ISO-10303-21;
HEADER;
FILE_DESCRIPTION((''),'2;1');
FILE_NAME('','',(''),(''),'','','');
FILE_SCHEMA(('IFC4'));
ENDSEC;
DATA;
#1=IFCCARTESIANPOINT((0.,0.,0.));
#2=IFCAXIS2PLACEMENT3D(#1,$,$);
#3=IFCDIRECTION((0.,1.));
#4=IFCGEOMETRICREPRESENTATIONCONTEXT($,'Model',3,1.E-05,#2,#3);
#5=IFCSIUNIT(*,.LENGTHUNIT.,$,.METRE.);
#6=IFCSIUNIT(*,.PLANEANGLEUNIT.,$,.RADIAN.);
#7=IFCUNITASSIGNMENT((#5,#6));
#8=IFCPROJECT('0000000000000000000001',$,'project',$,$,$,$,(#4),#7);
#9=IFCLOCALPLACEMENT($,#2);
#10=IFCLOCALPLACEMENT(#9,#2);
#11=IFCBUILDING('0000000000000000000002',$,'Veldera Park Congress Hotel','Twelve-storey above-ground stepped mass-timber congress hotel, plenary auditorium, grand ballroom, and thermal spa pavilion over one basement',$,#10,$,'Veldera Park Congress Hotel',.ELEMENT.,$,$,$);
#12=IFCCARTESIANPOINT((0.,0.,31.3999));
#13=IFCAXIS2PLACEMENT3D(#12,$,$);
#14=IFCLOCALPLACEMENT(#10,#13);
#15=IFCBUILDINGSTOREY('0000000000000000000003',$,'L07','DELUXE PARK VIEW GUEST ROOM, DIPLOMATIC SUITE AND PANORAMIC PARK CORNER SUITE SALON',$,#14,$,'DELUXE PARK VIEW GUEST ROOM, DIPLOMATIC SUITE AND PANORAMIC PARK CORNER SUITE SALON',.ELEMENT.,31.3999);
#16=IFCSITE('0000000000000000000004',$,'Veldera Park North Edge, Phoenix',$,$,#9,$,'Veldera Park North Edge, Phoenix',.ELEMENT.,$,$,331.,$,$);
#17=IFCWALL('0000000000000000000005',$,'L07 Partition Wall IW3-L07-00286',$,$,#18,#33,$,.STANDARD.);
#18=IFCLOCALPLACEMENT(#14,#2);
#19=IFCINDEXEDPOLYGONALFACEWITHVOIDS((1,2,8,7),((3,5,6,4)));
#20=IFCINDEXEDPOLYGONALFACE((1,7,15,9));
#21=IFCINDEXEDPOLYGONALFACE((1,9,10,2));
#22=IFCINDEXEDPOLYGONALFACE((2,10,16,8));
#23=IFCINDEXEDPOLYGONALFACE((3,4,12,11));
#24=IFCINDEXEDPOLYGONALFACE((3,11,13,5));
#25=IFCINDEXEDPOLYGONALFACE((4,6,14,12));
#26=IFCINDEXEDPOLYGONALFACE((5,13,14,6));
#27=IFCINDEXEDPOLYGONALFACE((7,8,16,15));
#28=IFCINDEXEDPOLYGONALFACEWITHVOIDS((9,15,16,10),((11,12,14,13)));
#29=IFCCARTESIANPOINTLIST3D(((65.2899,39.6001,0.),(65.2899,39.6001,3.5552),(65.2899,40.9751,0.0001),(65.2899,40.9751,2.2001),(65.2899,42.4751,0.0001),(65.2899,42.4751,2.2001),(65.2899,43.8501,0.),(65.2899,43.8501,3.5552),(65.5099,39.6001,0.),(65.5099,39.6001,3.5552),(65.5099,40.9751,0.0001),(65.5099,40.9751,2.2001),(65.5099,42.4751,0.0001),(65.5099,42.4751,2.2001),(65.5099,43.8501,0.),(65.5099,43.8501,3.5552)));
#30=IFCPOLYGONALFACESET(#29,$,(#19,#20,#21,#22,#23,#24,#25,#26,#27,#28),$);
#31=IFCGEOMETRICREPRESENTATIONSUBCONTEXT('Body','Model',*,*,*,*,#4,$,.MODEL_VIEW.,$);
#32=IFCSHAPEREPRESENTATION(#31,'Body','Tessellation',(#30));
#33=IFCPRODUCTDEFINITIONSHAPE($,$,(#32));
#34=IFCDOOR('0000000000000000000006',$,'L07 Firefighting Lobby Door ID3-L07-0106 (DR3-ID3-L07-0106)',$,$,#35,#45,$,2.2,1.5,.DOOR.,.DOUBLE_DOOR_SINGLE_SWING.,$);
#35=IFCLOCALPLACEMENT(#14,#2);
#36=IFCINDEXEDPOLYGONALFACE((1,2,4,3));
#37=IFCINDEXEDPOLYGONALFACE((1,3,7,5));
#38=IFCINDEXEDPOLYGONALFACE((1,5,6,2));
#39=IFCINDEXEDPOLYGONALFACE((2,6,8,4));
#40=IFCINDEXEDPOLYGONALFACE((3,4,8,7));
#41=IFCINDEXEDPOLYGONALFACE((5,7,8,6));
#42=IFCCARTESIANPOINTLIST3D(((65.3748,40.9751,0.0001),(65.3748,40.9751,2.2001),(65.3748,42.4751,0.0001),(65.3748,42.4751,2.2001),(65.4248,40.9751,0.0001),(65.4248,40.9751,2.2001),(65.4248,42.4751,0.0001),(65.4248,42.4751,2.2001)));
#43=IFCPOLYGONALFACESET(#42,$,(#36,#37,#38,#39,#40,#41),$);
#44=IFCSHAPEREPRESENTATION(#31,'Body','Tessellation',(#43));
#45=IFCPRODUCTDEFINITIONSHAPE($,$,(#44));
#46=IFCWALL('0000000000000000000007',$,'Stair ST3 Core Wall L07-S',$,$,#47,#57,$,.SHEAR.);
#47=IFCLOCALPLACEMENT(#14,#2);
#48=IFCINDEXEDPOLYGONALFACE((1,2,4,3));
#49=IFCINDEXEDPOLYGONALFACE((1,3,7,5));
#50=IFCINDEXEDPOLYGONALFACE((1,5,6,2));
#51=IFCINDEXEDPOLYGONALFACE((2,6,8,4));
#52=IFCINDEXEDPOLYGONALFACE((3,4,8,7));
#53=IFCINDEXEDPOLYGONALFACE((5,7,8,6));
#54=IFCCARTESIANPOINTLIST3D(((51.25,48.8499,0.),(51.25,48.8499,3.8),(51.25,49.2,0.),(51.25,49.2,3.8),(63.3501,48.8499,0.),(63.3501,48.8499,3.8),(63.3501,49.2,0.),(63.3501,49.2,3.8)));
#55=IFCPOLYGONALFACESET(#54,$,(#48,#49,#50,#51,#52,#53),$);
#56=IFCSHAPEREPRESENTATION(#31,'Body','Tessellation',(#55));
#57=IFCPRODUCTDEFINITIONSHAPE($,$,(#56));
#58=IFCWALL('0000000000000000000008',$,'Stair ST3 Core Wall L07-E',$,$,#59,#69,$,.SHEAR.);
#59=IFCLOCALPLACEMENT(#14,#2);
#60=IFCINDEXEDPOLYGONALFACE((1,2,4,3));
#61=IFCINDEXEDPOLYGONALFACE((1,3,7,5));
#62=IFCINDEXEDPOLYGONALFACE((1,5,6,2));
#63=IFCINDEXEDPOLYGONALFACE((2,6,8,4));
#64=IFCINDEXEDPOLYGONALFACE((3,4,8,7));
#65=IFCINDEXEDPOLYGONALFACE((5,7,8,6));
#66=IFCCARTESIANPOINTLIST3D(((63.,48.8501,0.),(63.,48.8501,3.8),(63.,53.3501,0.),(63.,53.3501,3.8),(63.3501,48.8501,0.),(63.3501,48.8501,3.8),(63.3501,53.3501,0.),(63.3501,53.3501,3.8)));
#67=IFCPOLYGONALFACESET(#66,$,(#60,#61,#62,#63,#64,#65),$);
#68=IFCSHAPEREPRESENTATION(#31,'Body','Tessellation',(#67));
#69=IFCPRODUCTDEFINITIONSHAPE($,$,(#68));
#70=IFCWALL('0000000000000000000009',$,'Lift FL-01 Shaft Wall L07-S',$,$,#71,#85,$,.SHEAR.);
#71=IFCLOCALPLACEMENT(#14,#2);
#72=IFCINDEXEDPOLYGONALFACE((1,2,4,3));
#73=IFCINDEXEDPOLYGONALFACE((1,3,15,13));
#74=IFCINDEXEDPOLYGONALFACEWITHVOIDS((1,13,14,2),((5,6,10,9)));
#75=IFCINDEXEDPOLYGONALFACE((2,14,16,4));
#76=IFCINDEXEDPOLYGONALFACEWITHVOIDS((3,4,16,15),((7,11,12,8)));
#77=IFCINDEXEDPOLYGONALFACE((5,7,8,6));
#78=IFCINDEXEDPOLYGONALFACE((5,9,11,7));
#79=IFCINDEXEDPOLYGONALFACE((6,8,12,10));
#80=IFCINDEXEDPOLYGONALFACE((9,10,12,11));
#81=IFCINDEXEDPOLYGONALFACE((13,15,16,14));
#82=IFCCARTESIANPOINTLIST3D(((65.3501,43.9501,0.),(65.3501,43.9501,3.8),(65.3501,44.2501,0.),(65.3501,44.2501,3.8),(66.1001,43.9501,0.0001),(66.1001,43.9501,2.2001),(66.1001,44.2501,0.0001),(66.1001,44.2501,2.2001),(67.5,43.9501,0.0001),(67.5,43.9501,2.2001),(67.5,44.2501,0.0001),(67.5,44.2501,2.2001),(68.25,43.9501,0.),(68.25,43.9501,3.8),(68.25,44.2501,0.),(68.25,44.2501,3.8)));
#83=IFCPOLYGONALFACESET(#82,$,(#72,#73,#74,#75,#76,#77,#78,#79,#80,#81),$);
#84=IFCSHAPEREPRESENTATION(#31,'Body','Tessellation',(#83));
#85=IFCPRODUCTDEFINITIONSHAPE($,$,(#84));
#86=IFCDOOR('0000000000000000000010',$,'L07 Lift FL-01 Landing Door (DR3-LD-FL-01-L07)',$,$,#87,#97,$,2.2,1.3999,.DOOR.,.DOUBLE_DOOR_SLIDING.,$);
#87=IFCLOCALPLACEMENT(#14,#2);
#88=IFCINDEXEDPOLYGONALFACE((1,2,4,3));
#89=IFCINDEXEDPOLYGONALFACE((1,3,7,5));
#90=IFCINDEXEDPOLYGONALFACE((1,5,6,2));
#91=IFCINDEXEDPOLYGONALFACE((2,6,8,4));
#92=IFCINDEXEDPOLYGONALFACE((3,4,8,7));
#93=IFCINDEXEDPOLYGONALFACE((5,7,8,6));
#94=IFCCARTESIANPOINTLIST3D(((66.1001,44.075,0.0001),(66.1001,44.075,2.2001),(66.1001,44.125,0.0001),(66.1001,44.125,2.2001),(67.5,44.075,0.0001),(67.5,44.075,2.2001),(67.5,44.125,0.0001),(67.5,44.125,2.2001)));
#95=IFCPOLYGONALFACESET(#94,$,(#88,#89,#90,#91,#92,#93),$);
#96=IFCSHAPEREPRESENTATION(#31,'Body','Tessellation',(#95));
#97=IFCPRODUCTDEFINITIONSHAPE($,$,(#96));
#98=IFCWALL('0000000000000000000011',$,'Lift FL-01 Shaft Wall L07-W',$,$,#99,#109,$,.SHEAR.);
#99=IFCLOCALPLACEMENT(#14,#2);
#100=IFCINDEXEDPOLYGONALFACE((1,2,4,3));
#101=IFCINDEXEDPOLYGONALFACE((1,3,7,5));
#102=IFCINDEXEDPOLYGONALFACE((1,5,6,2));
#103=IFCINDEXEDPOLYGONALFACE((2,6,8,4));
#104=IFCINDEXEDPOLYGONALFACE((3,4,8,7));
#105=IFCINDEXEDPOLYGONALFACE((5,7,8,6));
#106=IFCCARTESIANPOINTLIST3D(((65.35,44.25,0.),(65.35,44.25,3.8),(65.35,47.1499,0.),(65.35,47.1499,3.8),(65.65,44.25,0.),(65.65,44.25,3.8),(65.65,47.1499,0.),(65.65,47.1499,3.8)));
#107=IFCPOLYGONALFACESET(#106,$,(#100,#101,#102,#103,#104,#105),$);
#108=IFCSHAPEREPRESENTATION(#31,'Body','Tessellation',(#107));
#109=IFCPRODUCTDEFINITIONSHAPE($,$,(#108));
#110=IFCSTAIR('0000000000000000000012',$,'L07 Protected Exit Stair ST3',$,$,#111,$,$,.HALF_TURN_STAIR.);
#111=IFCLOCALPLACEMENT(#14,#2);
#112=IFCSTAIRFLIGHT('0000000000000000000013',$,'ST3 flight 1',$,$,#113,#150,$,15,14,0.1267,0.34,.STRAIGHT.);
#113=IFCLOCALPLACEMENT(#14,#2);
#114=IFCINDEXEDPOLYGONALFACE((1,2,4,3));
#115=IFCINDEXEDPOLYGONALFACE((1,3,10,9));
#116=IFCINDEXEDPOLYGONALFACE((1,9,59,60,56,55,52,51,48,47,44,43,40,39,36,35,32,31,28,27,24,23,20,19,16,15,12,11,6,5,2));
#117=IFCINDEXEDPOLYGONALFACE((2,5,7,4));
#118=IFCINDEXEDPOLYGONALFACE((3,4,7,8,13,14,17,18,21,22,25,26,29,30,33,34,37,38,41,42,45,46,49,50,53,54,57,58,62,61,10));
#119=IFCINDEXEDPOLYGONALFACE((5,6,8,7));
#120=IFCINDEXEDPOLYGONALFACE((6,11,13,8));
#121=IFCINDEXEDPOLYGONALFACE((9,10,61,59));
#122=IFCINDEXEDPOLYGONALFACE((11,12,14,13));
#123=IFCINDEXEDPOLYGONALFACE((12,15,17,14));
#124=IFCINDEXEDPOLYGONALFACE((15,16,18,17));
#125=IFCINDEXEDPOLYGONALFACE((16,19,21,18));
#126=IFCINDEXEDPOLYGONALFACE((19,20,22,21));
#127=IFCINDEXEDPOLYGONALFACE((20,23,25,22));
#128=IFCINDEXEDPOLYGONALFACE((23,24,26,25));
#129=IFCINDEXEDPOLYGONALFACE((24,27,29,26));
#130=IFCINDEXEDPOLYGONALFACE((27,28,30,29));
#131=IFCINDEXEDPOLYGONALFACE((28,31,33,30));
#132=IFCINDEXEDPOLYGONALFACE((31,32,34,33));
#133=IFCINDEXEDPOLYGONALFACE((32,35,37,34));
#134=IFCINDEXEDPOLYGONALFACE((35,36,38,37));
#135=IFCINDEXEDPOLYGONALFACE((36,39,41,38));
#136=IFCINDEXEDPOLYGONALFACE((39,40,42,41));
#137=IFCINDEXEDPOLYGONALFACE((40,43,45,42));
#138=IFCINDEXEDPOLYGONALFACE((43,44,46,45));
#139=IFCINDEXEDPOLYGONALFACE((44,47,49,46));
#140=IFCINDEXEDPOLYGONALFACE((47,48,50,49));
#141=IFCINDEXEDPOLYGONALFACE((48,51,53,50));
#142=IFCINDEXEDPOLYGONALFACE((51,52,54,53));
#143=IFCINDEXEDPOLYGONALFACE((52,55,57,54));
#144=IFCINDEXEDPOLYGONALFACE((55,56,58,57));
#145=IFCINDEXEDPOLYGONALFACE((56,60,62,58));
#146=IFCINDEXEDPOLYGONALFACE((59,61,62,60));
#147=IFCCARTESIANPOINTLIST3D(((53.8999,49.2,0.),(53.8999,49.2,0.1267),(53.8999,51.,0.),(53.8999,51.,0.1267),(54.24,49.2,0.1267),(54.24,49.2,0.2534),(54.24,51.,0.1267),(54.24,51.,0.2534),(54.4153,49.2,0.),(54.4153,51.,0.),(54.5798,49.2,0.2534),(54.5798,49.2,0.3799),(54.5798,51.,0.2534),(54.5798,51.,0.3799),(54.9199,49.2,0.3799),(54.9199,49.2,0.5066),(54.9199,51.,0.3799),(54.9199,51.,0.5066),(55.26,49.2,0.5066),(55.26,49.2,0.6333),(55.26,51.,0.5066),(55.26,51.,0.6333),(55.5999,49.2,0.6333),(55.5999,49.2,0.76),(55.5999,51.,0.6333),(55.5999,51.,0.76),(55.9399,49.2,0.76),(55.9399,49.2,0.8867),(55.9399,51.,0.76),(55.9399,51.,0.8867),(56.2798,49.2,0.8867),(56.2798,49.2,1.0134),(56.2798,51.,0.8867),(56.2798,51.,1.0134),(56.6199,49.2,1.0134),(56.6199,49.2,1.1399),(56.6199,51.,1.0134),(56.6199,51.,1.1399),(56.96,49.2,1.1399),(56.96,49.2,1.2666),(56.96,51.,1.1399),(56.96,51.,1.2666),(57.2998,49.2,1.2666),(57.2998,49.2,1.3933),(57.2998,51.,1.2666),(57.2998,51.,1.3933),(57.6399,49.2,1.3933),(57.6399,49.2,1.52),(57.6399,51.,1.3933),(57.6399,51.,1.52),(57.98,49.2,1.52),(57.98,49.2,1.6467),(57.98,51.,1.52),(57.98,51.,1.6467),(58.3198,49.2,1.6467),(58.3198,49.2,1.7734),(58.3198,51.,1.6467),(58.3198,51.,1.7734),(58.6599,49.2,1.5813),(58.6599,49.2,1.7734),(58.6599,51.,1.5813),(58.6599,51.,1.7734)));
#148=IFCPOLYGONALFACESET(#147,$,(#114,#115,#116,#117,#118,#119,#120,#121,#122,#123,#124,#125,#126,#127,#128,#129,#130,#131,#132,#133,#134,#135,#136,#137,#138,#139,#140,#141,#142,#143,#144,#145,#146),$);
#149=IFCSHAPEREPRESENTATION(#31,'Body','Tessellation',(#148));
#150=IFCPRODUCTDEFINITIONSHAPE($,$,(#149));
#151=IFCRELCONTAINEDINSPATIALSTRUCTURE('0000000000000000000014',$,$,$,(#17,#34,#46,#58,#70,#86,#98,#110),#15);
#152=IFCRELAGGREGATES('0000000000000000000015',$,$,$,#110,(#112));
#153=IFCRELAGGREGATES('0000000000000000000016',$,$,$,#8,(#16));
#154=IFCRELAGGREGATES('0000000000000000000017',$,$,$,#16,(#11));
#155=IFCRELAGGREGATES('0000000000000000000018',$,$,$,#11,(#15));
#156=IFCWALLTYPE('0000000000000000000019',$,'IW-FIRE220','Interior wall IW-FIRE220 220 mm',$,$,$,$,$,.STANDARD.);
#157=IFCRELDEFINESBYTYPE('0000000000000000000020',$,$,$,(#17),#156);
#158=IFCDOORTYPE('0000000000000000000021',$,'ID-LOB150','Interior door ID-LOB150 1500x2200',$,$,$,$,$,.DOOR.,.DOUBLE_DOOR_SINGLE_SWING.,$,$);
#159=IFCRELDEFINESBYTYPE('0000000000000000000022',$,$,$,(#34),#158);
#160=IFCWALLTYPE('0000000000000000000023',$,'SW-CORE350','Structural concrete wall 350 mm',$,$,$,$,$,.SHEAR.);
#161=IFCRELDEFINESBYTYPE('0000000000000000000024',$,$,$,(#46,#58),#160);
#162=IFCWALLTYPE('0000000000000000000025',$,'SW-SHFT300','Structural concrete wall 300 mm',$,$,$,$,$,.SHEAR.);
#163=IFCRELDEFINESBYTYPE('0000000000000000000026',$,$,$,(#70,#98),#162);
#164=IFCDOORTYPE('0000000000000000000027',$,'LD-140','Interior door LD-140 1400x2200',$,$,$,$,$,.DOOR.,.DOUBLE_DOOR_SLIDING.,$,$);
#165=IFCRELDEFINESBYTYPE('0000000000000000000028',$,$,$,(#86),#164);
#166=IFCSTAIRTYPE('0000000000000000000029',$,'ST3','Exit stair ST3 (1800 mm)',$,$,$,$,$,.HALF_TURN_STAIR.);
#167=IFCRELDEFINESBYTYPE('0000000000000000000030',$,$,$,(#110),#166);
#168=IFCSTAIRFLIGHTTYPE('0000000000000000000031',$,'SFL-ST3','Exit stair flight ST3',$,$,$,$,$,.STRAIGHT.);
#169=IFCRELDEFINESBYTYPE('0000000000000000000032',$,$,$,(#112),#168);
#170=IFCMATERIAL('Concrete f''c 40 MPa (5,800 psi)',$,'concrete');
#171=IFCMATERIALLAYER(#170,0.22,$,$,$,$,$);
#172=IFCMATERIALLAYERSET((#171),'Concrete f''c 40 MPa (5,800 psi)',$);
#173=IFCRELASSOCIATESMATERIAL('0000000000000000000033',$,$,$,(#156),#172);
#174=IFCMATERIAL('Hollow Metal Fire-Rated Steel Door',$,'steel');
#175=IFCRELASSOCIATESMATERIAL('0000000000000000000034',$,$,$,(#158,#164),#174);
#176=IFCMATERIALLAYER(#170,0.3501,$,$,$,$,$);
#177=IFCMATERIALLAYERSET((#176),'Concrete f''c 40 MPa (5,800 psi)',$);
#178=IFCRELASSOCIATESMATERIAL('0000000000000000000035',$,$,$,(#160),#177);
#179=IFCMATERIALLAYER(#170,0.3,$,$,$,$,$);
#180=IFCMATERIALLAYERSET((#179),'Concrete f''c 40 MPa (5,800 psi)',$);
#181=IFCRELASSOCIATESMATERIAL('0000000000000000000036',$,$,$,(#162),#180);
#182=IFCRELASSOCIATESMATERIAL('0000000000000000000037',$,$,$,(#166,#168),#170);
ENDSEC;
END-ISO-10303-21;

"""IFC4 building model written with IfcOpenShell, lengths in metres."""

from ifc_helpers import new_model, si_unit, direction, frame, frame_2d, origin, place, context, subcontext, project, spatial, polyline, rectangle, outline, extrude, material, layer, layer_set, type_object, element, fill, aggregate, save


model = new_model("IFC4")

# Units and contexts
model_context = context("Model", 3, precision=1e-05, world=origin(), true_north=direction((0.0, 1.0)))
body_context = subcontext(model_context, "Body", "Model", "MODEL_VIEW")
ifc_project = project(units=[si_unit("LENGTHUNIT", "METRE"), si_unit("PLANEANGLEUNIT", "RADIAN")], contexts=[model_context])

# Site, building, storey
site_placement = place(None, origin())
site = spatial("IfcSite", under=ifc_project, at=site_placement, Name="Veldera Park North Edge, Phoenix", LongName="Veldera Park North Edge, Phoenix", CompositionType="ELEMENT", RefElevation=331.0)
building_placement = place(site_placement, origin())
building = spatial("IfcBuilding", under=site, at=building_placement, Name="Veldera Park Congress Hotel", Description="Twelve-storey above-ground stepped mass-timber congress hotel, plenary auditorium, grand ballroom, and thermal spa pavilion over one basement", LongName="Veldera Park Congress Hotel", CompositionType="ELEMENT")
storey_placement = place(building_placement, frame((0.0, 0.0, 31.3999)))
storey = spatial("IfcBuildingStorey", under=building, at=storey_placement, Name="L07", Description="DELUXE PARK VIEW GUEST ROOM, DIPLOMATIC SUITE AND PANORAMIC PARK CORNER SUITE SALON", LongName="DELUXE PARK VIEW GUEST ROOM, DIPLOMATIC SUITE AND PANORAMIC PARK CORNER SUITE SALON", CompositionType="ELEMENT", Elevation=31.3999)

# Wall, opening, door
ifc_material_1 = material(Name="Concrete f'c 40 MPa (5,800 psi)", Category="concrete")
ifc_layer_1 = layer(ifc_material_1, 0.22)
ifc_layer_set_1 = layer_set([ifc_layer_1], Name="Concrete f'c 40 MPa (5,800 psi)")
wall_type_1 = type_object("IfcWallType", Name="IW-FIRE220", Description="Interior wall IW-FIRE220 220 mm", PredefinedType="STANDARD", material=ifc_layer_set_1)
ifc_material_2 = material(Name="Hollow Metal Fire-Rated Steel Door", Category="steel")
door_type_1 = type_object("IfcDoorType", Name="ID-LOB150", Description="Interior door ID-LOB150 1500x2200", OperationType="DOUBLE_DOOR_SINGLE_SWING", PredefinedType="DOOR", material=ifc_material_2)
wall_1_placement = place(storey_placement, frame((65.3999, 43.8501, 0.0), z_axis=(0.0, 0.0, 1.0), x_axis=(0.0, -1.0, 0.0)))
wall_1 = element("IfcWall", 1, at=wall_1_placement, inside=storey, type_object=wall_type_1, Name="L07 Partition Wall IW3-L07-00286", PredefinedType="STANDARD", context=body_context, shape_type="SweptSolid", body=[
    extrude(rectangle(XDim=4.25, YDim=0.22, at=frame_2d((2.125, 0.0))), origin(), (0.0, 0.0, 1.0), 3.5552),
])
opening_1_placement = place(wall_1_placement, frame((1.375, 0.0, 0.0)))
opening_1 = element("IfcOpeningElement", 2, at=opening_1_placement, cuts=wall_1, PredefinedType="OPENING", context=body_context, shape_type="SweptSolid", body=[
    extrude(rectangle(XDim=1.5, YDim=2.2, at=frame_2d((0.75, 1.1001))), frame((0.0, 0.1221, 0.0), z_axis=(0.0, -1.0, 0.0), x_axis=(1.0, 0.0, 0.0)), (0.0, 0.0, 1.0), 0.2439),
])
door_1_placement = place(opening_1_placement, origin())
door_1 = element("IfcDoor", 3, at=door_1_placement, inside=storey, type_object=door_type_1, Name="L07 Firefighting Lobby Door ID3-L07-0106 (DR3-ID3-L07-0106)", OperationType="DOUBLE_DOOR_SINGLE_SWING", OverallHeight=2.2, OverallWidth=1.5, PredefinedType="DOOR", context=body_context, shape_type="SweptSolid", body=[
    extrude(rectangle(XDim=1.5, YDim=2.2, at=frame_2d((0.75, 1.1001))), frame((0.0, 0.0249, 0.0), z_axis=(0.0, -1.0, 0.0), x_axis=(1.0, 0.0, 0.0)), (0.0, 0.0, 1.0), 0.05),
])
fill(opening_1, door_1)

# Walls
ifc_layer_2 = layer(ifc_material_1, 0.3501)
ifc_layer_set_2 = layer_set([ifc_layer_2], Name="Concrete f'c 40 MPa (5,800 psi)")
wall_type_2 = type_object("IfcWallType", Name="SW-CORE350", Description="Structural concrete wall 350 mm", PredefinedType="SHEAR", material=ifc_layer_set_2)
wall_2_placement = place(storey_placement, frame((51.25, 49.0249, 0.0), z_axis=(0.0, 0.0, 1.0), x_axis=(1.0, 0.0, 0.0)))
element("IfcWall", 4, at=wall_2_placement, inside=storey, type_object=wall_type_2, Name="Stair ST3 Core Wall L07-S", PredefinedType="SHEAR", context=body_context, shape_type="SweptSolid", body=[
    extrude(rectangle(XDim=12.1001, YDim=0.3501, at=frame_2d((6.05, 0.0))), origin(), (0.0, 0.0, 1.0), 3.8),
])
wall_3_placement = place(storey_placement, frame((63.175, 48.8501, 0.0), z_axis=(0.0, 0.0, 1.0), x_axis=(0.0, 1.0, 0.0)))
element("IfcWall", 5, at=wall_3_placement, inside=storey, type_object=wall_type_2, Name="Stair ST3 Core Wall L07-E", PredefinedType="SHEAR", context=body_context, shape_type="SweptSolid", body=[
    extrude(rectangle(XDim=4.5, YDim=0.3501, at=frame_2d((2.25, 0.0))), origin(), (0.0, 0.0, 1.0), 3.8),
])

# Wall, opening, door
ifc_layer_3 = layer(ifc_material_1, 0.3)
ifc_layer_set_3 = layer_set([ifc_layer_3], Name="Concrete f'c 40 MPa (5,800 psi)")
wall_type_3 = type_object("IfcWallType", Name="SW-SHFT300", Description="Structural concrete wall 300 mm", PredefinedType="SHEAR", material=ifc_layer_set_3)
wall_4_placement = place(storey_placement, frame((65.3501, 44.1001, 0.0), z_axis=(0.0, 0.0, 1.0), x_axis=(1.0, 0.0, 0.0)))
wall_4 = element("IfcWall", 6, at=wall_4_placement, inside=storey, type_object=wall_type_3, Name="Lift FL-01 Shaft Wall L07-S", PredefinedType="SHEAR", context=body_context, shape_type="SweptSolid", body=[
    extrude(rectangle(XDim=2.8999, YDim=0.3, at=frame_2d((1.45, 0.0))), origin(), (0.0, 0.0, 1.0), 3.8),
])
opening_2_placement = place(wall_4_placement, frame((0.75, 0.0, 0.0)))
opening_2 = element("IfcOpeningElement", 7, at=opening_2_placement, cuts=wall_4, PredefinedType="OPENING", context=body_context, shape_type="SweptSolid", body=[
    extrude(rectangle(XDim=1.3999, YDim=2.2, at=frame_2d((0.7, 1.1001))), frame((0.0, 0.1621, 0.0), z_axis=(0.0, -1.0, 0.0), x_axis=(1.0, 0.0, 0.0)), (0.0, 0.0, 1.0), 0.324),
])
door_type_2 = type_object("IfcDoorType", Name="LD-140", Description="Interior door LD-140 1400x2200", OperationType="DOUBLE_DOOR_SLIDING", PredefinedType="DOOR", material=ifc_material_2)
door_2_placement = place(opening_2_placement, origin())
door_2 = element("IfcDoor", 8, at=door_2_placement, inside=storey, type_object=door_type_2, Name="L07 Lift FL-01 Landing Door (DR3-LD-FL-01-L07)", OperationType="DOUBLE_DOOR_SLIDING", OverallHeight=2.2, OverallWidth=1.3999, PredefinedType="DOOR", context=body_context, shape_type="SweptSolid", body=[
    extrude(rectangle(XDim=1.3999, YDim=2.2, at=frame_2d((0.7, 1.1001))), frame((0.0, 0.0249, 0.0), z_axis=(0.0, -1.0, 0.0), x_axis=(1.0, 0.0, 0.0)), (0.0, 0.0, 1.0), 0.05),
])
fill(opening_2, door_2)

# Wall
wall_5_placement = place(storey_placement, frame((65.5, 47.1499, 0.0), z_axis=(0.0, 0.0, 1.0), x_axis=(0.0, -1.0, 0.0)))
element("IfcWall", 9, at=wall_5_placement, inside=storey, type_object=wall_type_3, Name="Lift FL-01 Shaft Wall L07-W", PredefinedType="SHEAR", context=body_context, shape_type="SweptSolid", body=[
    extrude(rectangle(XDim=2.8999, YDim=0.3, at=frame_2d((1.45, 0.0))), origin(), (0.0, 0.0, 1.0), 3.8),
])

# Stair, stair flight
stair_type = type_object("IfcStairType", Name="ST3", Description="Exit stair ST3 (1800 mm)", PredefinedType="HALF_TURN_STAIR", material=ifc_material_1)
stair_placement = place(storey_placement, origin())
stair = element("IfcStair", 10, at=stair_placement, inside=storey, type_object=stair_type, Name="L07 Protected Exit Stair ST3", PredefinedType="HALF_TURN_STAIR")
stair_flight_type = type_object("IfcStairFlightType", Name="SFL-ST3", Description="Exit stair flight ST3", PredefinedType="STRAIGHT", material=ifc_material_1)
stair_flight_placement = place(storey_placement, frame((53.8999, 50.1001, 0.0), z_axis=(0.0, 0.0, 1.0), x_axis=(1.0, 0.0, 0.0)))
stair_flight = element("IfcStairFlight", 11, at=stair_flight_placement, type_object=stair_flight_type, Name="ST3 flight 1", NumberOfRisers=15, NumberOfTreads=14, PredefinedType="STRAIGHT", RiserHeight=0.1267, TreadLength=0.34, context=body_context, shape_type="SweptSolid", body=[
    extrude(outline(polyline([(0.0, 0.0), (0.0, 0.1267), (0.3401, 0.1267), (0.3401, 0.2534), (0.6799, 0.2534), (0.6799, 0.3799), (1.02, 0.3799), (1.02, 0.5066), (1.3601, 0.5066), (1.3601, 0.6333), (1.7, 0.6333), (1.7, 0.76), (2.04, 0.76), (2.04, 0.8867), (2.3799, 0.8867), (2.3799, 1.0134), (2.72, 1.0134), (2.72, 1.1399), (3.0601, 1.1399), (3.0601, 1.2666), (3.3999, 1.2666), (3.3999, 1.3933), (3.74, 1.3933), (3.74, 1.52), (4.0801, 1.52), (4.0801, 1.6467), (4.4199, 1.6467), (4.4199, 1.7734), (4.76, 1.7734), (4.76, 1.8999), (4.76, 1.8999), (4.76, 1.5813), (0.5154, 0.0), (0.0, 0.0)])), frame((0.0, 0.8999, 0.0), z_axis=(0.0, -1.0, 0.0), x_axis=(1.0, 0.0, 0.0)), (0.0, 0.0, 1.0), 1.8),
])
aggregate(stair, [stair_flight])

save(model, "model.ifc")
